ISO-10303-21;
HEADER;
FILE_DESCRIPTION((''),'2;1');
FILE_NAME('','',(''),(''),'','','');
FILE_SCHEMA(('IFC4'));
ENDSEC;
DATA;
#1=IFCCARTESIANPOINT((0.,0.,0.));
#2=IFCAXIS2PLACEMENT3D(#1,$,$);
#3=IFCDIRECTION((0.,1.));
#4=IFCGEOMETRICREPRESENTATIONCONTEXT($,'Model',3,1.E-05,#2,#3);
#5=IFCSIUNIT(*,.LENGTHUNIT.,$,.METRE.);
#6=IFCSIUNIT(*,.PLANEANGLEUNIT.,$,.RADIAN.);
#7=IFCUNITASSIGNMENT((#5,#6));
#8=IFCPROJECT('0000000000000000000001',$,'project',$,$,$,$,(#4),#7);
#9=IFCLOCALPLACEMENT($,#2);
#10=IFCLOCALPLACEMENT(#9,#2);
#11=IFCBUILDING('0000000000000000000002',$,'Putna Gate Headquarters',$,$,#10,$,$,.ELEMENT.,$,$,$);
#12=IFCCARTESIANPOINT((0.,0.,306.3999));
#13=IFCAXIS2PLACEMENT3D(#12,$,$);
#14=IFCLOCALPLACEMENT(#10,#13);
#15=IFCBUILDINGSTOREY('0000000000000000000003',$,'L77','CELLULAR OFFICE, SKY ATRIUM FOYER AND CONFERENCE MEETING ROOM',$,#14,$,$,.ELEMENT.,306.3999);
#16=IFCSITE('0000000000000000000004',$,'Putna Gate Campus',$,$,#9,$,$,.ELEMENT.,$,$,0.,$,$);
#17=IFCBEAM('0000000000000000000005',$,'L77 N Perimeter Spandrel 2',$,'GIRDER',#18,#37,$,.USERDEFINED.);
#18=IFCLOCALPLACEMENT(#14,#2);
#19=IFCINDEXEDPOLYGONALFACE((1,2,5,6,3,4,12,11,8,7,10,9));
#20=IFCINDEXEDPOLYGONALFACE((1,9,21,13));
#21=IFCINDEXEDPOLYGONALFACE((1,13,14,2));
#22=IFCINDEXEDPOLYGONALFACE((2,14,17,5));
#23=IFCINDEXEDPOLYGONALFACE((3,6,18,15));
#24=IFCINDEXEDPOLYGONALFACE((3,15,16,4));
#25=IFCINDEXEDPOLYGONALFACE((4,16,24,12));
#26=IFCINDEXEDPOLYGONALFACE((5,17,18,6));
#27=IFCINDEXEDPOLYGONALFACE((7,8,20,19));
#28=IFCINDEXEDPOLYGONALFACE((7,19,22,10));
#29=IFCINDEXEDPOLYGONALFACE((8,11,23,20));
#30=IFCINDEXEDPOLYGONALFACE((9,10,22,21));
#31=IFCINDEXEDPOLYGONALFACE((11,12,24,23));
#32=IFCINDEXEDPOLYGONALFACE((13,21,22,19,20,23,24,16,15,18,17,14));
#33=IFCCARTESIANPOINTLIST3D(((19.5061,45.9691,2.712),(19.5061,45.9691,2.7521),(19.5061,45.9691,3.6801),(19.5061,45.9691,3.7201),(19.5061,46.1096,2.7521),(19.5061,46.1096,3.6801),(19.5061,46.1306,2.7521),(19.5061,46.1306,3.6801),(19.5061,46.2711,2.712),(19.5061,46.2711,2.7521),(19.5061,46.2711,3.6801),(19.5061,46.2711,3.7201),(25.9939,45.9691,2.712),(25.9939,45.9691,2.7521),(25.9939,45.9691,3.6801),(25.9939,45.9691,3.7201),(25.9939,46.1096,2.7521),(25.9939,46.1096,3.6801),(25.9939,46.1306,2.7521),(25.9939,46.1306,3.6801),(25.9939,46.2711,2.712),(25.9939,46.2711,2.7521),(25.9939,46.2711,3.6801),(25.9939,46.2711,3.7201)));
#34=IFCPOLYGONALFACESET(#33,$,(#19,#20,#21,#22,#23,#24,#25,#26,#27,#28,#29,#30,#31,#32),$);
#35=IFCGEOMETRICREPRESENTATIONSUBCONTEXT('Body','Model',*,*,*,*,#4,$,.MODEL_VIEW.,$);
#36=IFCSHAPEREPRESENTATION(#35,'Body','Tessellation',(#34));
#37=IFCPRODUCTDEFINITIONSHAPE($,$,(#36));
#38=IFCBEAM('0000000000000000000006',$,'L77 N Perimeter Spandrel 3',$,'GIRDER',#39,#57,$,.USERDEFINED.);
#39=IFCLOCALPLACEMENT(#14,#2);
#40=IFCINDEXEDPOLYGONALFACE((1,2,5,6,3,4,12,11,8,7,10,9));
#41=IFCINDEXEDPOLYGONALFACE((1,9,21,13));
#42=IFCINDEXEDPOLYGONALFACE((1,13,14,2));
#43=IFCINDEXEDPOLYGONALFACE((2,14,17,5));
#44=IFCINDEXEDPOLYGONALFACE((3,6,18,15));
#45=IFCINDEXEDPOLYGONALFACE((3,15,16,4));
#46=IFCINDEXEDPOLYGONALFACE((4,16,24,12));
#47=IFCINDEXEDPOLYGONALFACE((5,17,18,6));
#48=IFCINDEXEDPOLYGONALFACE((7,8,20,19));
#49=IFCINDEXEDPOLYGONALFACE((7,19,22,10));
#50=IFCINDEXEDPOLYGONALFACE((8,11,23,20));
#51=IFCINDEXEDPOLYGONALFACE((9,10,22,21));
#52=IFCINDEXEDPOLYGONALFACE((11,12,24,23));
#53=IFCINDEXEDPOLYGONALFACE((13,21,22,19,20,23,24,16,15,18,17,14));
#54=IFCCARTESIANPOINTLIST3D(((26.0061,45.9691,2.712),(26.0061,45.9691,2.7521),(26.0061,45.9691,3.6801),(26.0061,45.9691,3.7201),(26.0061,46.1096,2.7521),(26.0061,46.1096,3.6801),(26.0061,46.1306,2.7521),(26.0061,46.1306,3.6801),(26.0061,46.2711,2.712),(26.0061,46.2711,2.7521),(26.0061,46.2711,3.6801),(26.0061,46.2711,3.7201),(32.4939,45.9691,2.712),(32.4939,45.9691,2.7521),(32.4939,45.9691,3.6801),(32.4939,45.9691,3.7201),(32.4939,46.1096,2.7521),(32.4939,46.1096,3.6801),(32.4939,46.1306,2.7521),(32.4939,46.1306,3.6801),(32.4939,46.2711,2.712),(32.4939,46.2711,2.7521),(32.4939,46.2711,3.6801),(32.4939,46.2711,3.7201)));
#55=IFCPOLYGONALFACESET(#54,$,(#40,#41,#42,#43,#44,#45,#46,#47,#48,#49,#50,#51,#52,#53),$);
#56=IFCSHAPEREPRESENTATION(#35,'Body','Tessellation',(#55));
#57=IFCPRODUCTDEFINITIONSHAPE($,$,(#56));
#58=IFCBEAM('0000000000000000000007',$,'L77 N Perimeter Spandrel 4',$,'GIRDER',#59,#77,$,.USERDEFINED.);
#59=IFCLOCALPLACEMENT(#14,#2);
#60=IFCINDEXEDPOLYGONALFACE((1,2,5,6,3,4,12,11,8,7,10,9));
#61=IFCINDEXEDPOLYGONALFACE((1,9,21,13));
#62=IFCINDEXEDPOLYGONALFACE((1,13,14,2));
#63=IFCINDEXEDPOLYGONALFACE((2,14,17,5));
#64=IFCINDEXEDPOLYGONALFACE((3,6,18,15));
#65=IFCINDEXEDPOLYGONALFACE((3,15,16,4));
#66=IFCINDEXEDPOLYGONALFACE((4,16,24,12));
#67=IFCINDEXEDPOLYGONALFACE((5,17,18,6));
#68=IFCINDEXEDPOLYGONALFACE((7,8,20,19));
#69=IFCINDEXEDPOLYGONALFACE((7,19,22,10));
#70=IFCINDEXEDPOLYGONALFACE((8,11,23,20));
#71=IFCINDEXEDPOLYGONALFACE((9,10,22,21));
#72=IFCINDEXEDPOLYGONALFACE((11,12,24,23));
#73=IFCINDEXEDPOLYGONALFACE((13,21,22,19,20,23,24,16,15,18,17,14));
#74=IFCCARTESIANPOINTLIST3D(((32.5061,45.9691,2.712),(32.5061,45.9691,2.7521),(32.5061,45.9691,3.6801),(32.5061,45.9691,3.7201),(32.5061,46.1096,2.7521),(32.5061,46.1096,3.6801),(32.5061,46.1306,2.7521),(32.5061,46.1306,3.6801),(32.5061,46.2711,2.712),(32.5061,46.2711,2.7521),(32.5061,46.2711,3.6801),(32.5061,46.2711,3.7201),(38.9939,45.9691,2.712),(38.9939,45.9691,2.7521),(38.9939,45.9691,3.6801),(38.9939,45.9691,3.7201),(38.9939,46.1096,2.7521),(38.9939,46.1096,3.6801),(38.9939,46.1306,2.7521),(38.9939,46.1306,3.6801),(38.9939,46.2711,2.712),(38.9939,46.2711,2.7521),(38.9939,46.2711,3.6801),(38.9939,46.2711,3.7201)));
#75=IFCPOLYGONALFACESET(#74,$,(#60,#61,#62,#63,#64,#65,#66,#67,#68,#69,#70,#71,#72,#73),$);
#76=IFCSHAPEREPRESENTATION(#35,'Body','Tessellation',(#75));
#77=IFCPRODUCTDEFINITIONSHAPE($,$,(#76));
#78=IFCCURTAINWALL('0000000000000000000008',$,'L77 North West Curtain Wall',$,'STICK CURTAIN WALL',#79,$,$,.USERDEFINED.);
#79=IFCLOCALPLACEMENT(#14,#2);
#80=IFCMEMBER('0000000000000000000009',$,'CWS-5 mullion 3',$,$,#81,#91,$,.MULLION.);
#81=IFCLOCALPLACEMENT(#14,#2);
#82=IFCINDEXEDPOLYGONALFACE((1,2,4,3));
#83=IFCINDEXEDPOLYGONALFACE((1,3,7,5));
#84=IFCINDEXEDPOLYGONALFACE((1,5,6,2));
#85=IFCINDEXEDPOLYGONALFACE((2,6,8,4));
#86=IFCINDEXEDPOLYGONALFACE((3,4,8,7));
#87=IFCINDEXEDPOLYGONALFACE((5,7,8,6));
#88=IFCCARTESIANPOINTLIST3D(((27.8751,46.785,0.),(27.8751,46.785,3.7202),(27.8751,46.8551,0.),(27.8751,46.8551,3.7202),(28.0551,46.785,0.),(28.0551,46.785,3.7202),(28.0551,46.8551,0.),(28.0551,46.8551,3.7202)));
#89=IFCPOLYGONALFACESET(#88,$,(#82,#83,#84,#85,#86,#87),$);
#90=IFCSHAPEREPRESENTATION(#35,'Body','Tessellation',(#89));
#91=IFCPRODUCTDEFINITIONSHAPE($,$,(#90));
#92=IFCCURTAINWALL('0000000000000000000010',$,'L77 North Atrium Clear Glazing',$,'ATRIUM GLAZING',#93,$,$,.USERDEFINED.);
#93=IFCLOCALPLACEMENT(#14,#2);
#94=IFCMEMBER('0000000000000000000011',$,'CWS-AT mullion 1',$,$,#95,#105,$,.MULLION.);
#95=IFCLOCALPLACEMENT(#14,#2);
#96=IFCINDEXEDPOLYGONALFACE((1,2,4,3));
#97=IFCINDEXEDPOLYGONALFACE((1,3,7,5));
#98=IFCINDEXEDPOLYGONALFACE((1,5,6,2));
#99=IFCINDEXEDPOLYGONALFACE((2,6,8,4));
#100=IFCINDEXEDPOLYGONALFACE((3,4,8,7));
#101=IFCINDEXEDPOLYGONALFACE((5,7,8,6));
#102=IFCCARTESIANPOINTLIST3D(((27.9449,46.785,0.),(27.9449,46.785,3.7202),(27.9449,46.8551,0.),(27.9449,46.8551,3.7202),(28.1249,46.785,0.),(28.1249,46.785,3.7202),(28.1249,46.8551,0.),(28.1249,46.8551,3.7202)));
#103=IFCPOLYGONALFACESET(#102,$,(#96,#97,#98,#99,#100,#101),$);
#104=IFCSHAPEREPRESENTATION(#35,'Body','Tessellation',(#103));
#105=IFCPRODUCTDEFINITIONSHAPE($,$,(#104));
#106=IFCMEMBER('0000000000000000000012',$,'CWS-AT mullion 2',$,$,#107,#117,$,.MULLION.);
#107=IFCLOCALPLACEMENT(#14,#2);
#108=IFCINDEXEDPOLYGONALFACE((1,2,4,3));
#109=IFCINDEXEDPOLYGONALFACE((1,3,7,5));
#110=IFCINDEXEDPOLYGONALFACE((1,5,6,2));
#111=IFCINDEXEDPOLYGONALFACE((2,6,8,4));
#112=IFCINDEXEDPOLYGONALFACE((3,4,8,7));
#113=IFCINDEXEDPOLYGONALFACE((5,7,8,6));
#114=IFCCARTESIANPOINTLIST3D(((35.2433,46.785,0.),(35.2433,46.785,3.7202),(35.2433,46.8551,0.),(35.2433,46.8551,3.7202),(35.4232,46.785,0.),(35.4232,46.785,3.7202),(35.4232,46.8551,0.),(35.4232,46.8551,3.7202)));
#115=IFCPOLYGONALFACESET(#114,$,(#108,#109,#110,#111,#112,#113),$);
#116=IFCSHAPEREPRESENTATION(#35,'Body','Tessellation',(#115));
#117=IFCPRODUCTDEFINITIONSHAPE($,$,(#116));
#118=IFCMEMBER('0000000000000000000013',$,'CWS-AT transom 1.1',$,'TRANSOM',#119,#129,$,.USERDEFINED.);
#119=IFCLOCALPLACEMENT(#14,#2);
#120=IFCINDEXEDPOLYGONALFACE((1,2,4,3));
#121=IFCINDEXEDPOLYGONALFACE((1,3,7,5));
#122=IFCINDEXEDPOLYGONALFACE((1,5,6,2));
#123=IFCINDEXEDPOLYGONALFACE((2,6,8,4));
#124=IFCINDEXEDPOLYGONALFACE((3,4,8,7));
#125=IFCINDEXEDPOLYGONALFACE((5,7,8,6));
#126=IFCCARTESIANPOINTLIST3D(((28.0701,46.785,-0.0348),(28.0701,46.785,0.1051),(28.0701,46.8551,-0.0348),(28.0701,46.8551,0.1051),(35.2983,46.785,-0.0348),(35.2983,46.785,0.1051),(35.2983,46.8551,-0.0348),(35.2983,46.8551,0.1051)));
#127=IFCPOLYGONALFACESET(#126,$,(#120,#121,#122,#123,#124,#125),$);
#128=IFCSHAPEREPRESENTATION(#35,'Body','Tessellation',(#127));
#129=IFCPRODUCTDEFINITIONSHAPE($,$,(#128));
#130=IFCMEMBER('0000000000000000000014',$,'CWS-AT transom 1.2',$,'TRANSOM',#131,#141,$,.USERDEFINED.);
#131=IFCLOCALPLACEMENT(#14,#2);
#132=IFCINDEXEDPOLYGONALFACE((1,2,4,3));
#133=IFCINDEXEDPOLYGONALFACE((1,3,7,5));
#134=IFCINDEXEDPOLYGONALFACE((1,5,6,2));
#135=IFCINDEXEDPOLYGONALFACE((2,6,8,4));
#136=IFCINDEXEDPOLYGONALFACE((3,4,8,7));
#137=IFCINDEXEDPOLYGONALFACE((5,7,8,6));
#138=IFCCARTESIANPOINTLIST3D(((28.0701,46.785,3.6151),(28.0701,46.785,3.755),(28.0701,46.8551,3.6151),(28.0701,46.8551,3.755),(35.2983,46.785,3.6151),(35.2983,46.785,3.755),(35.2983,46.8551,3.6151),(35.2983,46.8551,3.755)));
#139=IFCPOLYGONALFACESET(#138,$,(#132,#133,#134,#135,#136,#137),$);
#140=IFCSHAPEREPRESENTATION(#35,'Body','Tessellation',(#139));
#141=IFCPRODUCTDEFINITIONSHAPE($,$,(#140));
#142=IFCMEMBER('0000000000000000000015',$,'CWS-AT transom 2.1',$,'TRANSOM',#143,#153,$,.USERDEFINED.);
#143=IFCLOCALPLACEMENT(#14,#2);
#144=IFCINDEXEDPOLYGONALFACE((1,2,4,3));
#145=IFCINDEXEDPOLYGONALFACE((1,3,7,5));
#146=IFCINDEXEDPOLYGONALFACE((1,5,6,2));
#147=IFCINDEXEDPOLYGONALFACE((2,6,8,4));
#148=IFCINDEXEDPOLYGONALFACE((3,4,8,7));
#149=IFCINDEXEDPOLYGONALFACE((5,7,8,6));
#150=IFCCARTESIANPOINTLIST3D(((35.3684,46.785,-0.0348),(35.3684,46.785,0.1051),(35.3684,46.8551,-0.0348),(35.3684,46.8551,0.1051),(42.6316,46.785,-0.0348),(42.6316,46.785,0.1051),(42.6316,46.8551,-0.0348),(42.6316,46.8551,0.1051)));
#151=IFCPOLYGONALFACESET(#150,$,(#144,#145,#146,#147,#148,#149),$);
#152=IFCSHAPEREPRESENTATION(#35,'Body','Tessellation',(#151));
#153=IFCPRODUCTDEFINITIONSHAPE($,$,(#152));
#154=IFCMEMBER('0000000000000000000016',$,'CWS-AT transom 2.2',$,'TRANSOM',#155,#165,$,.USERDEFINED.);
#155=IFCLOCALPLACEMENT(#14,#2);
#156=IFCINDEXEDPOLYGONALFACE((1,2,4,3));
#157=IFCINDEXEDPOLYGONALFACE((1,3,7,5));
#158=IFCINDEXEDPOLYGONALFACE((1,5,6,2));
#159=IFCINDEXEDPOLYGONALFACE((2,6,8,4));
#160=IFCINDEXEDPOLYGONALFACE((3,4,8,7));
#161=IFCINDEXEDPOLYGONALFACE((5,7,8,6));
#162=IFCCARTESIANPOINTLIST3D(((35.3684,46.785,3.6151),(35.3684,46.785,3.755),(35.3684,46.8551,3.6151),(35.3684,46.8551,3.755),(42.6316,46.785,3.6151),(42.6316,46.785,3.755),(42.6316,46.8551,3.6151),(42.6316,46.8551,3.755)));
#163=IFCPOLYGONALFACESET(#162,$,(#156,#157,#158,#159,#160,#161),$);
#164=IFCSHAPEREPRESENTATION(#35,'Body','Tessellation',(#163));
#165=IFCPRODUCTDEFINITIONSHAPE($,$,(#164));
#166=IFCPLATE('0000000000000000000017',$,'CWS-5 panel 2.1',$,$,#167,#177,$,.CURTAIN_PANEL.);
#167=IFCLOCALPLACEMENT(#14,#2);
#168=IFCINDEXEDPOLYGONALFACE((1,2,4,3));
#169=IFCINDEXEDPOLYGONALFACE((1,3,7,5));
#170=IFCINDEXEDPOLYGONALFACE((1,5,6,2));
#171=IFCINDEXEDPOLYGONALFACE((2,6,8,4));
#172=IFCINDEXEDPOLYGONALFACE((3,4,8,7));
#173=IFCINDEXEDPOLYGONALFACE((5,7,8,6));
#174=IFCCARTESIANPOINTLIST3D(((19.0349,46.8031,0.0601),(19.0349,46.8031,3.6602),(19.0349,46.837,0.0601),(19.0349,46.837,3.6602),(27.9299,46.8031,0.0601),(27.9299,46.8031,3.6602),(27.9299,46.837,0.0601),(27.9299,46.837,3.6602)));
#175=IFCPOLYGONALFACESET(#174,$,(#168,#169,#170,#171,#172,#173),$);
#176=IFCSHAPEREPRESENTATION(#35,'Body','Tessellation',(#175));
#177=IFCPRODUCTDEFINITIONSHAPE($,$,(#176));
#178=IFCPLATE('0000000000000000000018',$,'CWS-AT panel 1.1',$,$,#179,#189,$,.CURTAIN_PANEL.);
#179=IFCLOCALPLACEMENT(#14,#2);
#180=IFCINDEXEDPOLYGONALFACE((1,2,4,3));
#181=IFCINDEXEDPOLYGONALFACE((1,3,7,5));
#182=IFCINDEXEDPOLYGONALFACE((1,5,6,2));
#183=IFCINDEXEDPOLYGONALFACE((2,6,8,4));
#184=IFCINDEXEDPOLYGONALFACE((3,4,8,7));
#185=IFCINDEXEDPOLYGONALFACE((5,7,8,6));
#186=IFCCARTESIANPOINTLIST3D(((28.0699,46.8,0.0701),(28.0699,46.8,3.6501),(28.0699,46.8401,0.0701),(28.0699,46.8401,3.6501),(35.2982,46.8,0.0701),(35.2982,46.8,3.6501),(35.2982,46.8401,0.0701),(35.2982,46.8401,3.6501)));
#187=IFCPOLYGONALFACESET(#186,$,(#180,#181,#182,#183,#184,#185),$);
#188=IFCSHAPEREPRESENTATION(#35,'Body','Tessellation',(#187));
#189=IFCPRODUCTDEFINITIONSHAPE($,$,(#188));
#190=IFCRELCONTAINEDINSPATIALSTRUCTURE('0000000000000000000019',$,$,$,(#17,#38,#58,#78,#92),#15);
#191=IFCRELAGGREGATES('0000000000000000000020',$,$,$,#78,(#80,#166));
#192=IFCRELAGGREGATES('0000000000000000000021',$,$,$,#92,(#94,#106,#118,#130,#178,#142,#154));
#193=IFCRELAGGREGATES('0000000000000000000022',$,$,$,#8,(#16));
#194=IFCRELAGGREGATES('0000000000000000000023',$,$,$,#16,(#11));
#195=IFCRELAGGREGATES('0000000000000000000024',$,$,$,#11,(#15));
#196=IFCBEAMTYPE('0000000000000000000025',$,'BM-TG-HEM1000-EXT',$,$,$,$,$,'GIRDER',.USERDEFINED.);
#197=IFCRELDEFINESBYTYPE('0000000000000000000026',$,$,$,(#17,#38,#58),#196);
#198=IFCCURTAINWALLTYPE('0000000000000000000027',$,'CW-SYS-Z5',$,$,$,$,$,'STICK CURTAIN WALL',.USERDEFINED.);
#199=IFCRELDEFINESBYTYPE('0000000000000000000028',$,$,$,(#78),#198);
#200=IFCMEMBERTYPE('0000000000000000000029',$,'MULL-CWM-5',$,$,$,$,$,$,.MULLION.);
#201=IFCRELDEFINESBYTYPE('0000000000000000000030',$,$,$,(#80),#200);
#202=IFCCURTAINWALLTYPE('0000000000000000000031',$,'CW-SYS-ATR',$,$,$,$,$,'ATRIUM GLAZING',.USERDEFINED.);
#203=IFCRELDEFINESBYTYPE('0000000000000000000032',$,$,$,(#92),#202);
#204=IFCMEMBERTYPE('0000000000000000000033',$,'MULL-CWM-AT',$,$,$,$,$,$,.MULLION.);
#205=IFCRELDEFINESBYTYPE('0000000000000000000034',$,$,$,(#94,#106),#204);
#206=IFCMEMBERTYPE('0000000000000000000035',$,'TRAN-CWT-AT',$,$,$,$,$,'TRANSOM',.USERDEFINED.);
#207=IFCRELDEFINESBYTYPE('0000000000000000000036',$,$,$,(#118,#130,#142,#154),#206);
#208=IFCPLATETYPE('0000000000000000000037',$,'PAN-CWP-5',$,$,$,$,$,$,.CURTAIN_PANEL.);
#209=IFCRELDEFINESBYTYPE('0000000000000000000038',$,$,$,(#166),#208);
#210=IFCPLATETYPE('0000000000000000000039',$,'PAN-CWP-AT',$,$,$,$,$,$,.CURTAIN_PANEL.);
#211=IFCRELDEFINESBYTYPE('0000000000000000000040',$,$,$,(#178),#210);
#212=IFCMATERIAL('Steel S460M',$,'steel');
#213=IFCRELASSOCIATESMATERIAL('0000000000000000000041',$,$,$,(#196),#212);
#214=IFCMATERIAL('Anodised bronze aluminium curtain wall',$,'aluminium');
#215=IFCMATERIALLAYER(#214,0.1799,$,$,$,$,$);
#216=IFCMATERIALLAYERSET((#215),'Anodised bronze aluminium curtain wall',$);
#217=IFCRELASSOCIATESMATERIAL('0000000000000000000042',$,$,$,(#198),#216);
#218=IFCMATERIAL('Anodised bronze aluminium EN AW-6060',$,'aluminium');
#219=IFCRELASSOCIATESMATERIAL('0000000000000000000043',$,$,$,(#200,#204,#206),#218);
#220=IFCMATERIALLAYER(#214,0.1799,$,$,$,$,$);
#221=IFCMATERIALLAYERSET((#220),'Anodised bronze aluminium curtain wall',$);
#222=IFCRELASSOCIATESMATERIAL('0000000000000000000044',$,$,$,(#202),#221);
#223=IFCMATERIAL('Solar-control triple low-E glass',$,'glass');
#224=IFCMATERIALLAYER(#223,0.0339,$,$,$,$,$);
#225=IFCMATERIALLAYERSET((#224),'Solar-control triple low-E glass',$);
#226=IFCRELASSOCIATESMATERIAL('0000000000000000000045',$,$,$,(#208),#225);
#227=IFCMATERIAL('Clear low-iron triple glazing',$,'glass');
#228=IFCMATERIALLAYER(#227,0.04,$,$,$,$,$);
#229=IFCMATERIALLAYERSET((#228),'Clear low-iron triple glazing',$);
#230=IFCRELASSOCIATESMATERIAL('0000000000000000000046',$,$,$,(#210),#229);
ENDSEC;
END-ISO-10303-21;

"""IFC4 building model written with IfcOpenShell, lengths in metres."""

from ifc_helpers import new_model, si_unit, direction, frame, origin, origin_2d, place, context, subcontext, project, spatial, rectangle, i_section, extrude, material, layer, layer_set, material_profile, profile_set, type_object, element, aggregate, save


model = new_model("IFC4")

# Units and contexts
model_context = context("Model", 3, precision=1e-05, world=origin(), true_north=direction((0.0, 1.0)))
body_context = subcontext(model_context, "Body", "Model", "MODEL_VIEW")
ifc_project = project(units=[si_unit("LENGTHUNIT", "METRE"), si_unit("PLANEANGLEUNIT", "RADIAN")], contexts=[model_context])

# Site, building, storey
site_placement = place(None, origin())
site = spatial("IfcSite", under=ifc_project, at=site_placement, Name="Putna Gate Campus", CompositionType="ELEMENT", RefElevation=0.0)
building_placement = place(site_placement, origin())
building = spatial("IfcBuilding", under=site, at=building_placement, Name="Putna Gate Headquarters", CompositionType="ELEMENT")
storey_placement = place(building_placement, frame((0.0, 0.0, 306.3999)))
storey = spatial("IfcBuildingStorey", under=building, at=storey_placement, Name="L77", Description="CELLULAR OFFICE, SKY ATRIUM FOYER AND CONFERENCE MEETING ROOM", CompositionType="ELEMENT", Elevation=306.3999)

# Shared definitions
ifc_material_1 = material(Name="Steel S460M", Category="steel")

# Beams
ifc_material_profile_1 = material_profile(ifc_material_1, i_section(OverallWidth=0.302, OverallDepth=1.0081, WebThickness=0.021, FlangeThickness=0.04, at=origin_2d()), Name="Steel S460M")
ifc_profile_set_1 = profile_set([ifc_material_profile_1], Name="Steel S460M")
beam_type_1 = type_object("IfcBeamType", Name="BM-TG-HEM1000-EXT", ElementType="GIRDER", PredefinedType="USERDEFINED", material=ifc_profile_set_1)
for number, where, z_axis, x_axis, name in (
    (1, (19.5061, 46.1201, 3.2161), (1.0, 0.0, 0.0), (0.0, 1.0, 0.0), "L77 N Perimeter Spandrel 2"),
    (2, (26.0061, 46.1201, 3.2161), (1.0, 0.0, 0.0), (0.0, 1.0, 0.0), "L77 N Perimeter Spandrel 3"),
    (3, (32.5061, 46.1201, 3.2161), (1.0, 0.0, 0.0), (0.0, 1.0, 0.0), "L77 N Perimeter Spandrel 4"),
):
    element("IfcBeam", number, at=place(storey_placement, frame(where, z_axis=z_axis, x_axis=x_axis)), inside=storey, type_object=beam_type_1, Name=name, ObjectType="GIRDER", PredefinedType="USERDEFINED", context=body_context, shape_type="SweptSolid", body=[
        extrude(i_section(OverallWidth=0.302, OverallDepth=1.0081, WebThickness=0.021, FlangeThickness=0.04, at=origin_2d()), origin(), (0.0, 0.0, 1.0), 6.4878),
    ])

# Curtain wall, member
ifc_material_2 = material(Name="Anodised bronze aluminium curtain wall", Category="aluminium")
ifc_layer_1 = layer(ifc_material_2, 0.1799)
ifc_layer_set_1 = layer_set([ifc_layer_1], Name="Anodised bronze aluminium curtain wall")
curtain_wall_type_1 = type_object("IfcCurtainWallType", Name="CW-SYS-Z5", ElementType="STICK CURTAIN WALL", PredefinedType="USERDEFINED", material=ifc_layer_set_1)
curtain_wall_1_placement = place(storey_placement, origin())
curtain_wall_1 = element("IfcCurtainWall", 4, at=curtain_wall_1_placement, inside=storey, type_object=curtain_wall_type_1, Name="L77 North West Curtain Wall", ObjectType="STICK CURTAIN WALL", PredefinedType="USERDEFINED")
ifc_material_3 = material(Name="Anodised bronze aluminium EN AW-6060", Category="aluminium")
ifc_material_profile_2 = material_profile(ifc_material_3, rectangle(XDim=0.0701, YDim=0.1799, at=origin_2d()), Name="Anodised bronze aluminium EN AW-6060")
ifc_profile_set_2 = profile_set([ifc_material_profile_2], Name="Anodised bronze aluminium EN AW-6060")
member_type_1 = type_object("IfcMemberType", Name="MULL-CWM-5", PredefinedType="MULLION", material=ifc_profile_set_2)
member_1_placement = place(storey_placement, frame((27.9651, 46.8201, 0.0), z_axis=(0.0, 0.0, 1.0), x_axis=(0.0, 1.0, 0.0)))
member_1 = element("IfcMember", 5, at=member_1_placement, type_object=member_type_1, Name="CWS-5 mullion 3", PredefinedType="MULLION", context=body_context, shape_type="SweptSolid", body=[
    extrude(rectangle(XDim=0.0701, YDim=0.1799, at=origin_2d()), origin(), (0.0, 0.0, 1.0), 3.7202),
])

# Curtain wall, members
ifc_layer_2 = layer(ifc_material_2, 0.1799)
ifc_layer_set_2 = layer_set([ifc_layer_2], Name="Anodised bronze aluminium curtain wall")
curtain_wall_type_2 = type_object("IfcCurtainWallType", Name="CW-SYS-ATR", ElementType="ATRIUM GLAZING", PredefinedType="USERDEFINED", material=ifc_layer_set_2)
curtain_wall_2_placement = place(storey_placement, origin())
curtain_wall_2 = element("IfcCurtainWall", 6, at=curtain_wall_2_placement, inside=storey, type_object=curtain_wall_type_2, Name="L77 North Atrium Clear Glazing", ObjectType="ATRIUM GLAZING", PredefinedType="USERDEFINED")
ifc_material_profile_3 = material_profile(ifc_material_3, rectangle(XDim=0.0701, YDim=0.1799, at=origin_2d()), Name="Anodised bronze aluminium EN AW-6060")
ifc_profile_set_3 = profile_set([ifc_material_profile_3], Name="Anodised bronze aluminium EN AW-6060")
member_type_2 = type_object("IfcMemberType", Name="MULL-CWM-AT", PredefinedType="MULLION", material=ifc_profile_set_3)
member_2_placement = place(storey_placement, frame((28.0349, 46.8201, 0.0), z_axis=(0.0, 0.0, 1.0), x_axis=(0.0, 1.0, 0.0)))
member_2 = element("IfcMember", 7, at=member_2_placement, type_object=member_type_2, Name="CWS-AT mullion 1", PredefinedType="MULLION", context=body_context, shape_type="SweptSolid", body=[
    extrude(rectangle(XDim=0.0701, YDim=0.1799, at=origin_2d()), origin(), (0.0, 0.0, 1.0), 3.7202),
])
member_3_placement = place(storey_placement, frame((35.3333, 46.8201, 0.0), z_axis=(0.0, 0.0, 1.0), x_axis=(0.0, 1.0, 0.0)))
member_3 = element("IfcMember", 8, at=member_3_placement, type_object=member_type_2, Name="CWS-AT mullion 2", PredefinedType="MULLION", context=body_context, shape_type="SweptSolid", body=[
    extrude(rectangle(XDim=0.0701, YDim=0.1799, at=origin_2d()), origin(), (0.0, 0.0, 1.0), 3.7202),
])
ifc_material_profile_4 = material_profile(ifc_material_3, rectangle(XDim=0.0701, YDim=0.1399, at=origin_2d()), Name="Anodised bronze aluminium EN AW-6060")
ifc_profile_set_4 = profile_set([ifc_material_profile_4], Name="Anodised bronze aluminium EN AW-6060")
member_type_3 = type_object("IfcMemberType", Name="TRAN-CWT-AT", ElementType="TRANSOM", PredefinedType="USERDEFINED", material=ifc_profile_set_4)
member_4_placement = place(storey_placement, frame((28.0701, 46.8201, 0.0352), z_axis=(1.0, 0.0, 0.0), x_axis=(0.0, 1.0, 0.0)))
member_4 = element("IfcMember", 9, at=member_4_placement, type_object=member_type_3, Name="CWS-AT transom 1.1", ObjectType="TRANSOM", PredefinedType="USERDEFINED", context=body_context, shape_type="SweptSolid", body=[
    extrude(rectangle(XDim=0.0701, YDim=0.1399, at=origin_2d()), origin(), (0.0, 0.0, 1.0), 7.2283),
])
member_5_placement = place(storey_placement, frame((28.0701, 46.8201, 3.6851), z_axis=(1.0, 0.0, 0.0), x_axis=(0.0, 1.0, 0.0)))
member_5 = element("IfcMember", 10, at=member_5_placement, type_object=member_type_3, Name="CWS-AT transom 1.2", ObjectType="TRANSOM", PredefinedType="USERDEFINED", context=body_context, shape_type="SweptSolid", body=[
    extrude(rectangle(XDim=0.0701, YDim=0.1399, at=origin_2d()), origin(), (0.0, 0.0, 1.0), 7.2283),
])
member_6_placement = place(storey_placement, frame((35.3684, 46.8201, 0.0352), z_axis=(1.0, 0.0, 0.0), x_axis=(0.0, 1.0, 0.0)))
member_6 = element("IfcMember", 11, at=member_6_placement, type_object=member_type_3, Name="CWS-AT transom 2.1", ObjectType="TRANSOM", PredefinedType="USERDEFINED", context=body_context, shape_type="SweptSolid", body=[
    extrude(rectangle(XDim=0.0701, YDim=0.1399, at=origin_2d()), origin(), (0.0, 0.0, 1.0), 7.2632),
])
member_7_placement = place(storey_placement, frame((35.3684, 46.8201, 3.6851), z_axis=(1.0, 0.0, 0.0), x_axis=(0.0, 1.0, 0.0)))
member_7 = element("IfcMember", 12, at=member_7_placement, type_object=member_type_3, Name="CWS-AT transom 2.2", ObjectType="TRANSOM", PredefinedType="USERDEFINED", context=body_context, shape_type="SweptSolid", body=[
    extrude(rectangle(XDim=0.0701, YDim=0.1399, at=origin_2d()), origin(), (0.0, 0.0, 1.0), 7.2632),
])

# Plates
ifc_material_4 = material(Name="Solar-control triple low-E glass", Category="glass")
ifc_layer_3 = layer(ifc_material_4, 0.0339)
ifc_layer_set_3 = layer_set([ifc_layer_3], Name="Solar-control triple low-E glass")
plate_type_1 = type_object("IfcPlateType", Name="PAN-CWP-5", PredefinedType="CURTAIN_PANEL", material=ifc_layer_set_3)
plate_1_placement = place(storey_placement, frame((23.4824, 46.8201, 0.0601), z_axis=(0.0, 0.0, 1.0), x_axis=(1.0, 0.0, 0.0)))
plate_1 = element("IfcPlate", 13, at=plate_1_placement, type_object=plate_type_1, Name="CWS-5 panel 2.1", PredefinedType="CURTAIN_PANEL", context=body_context, shape_type="SweptSolid", body=[
    extrude(rectangle(XDim=8.895, YDim=0.0339, at=origin_2d()), origin(), (0.0, 0.0, 1.0), 3.6001),
])
aggregate(curtain_wall_1, [member_1, plate_1])
ifc_material_5 = material(Name="Clear low-iron triple glazing", Category="glass")
ifc_layer_4 = layer(ifc_material_5, 0.04)
ifc_layer_set_4 = layer_set([ifc_layer_4], Name="Clear low-iron triple glazing")
plate_type_2 = type_object("IfcPlateType", Name="PAN-CWP-AT", PredefinedType="CURTAIN_PANEL", material=ifc_layer_set_4)
plate_2_placement = place(storey_placement, frame((31.6841, 46.8201, 0.0701), z_axis=(0.0, 0.0, 1.0), x_axis=(1.0, 0.0, 0.0)))
plate_2 = element("IfcPlate", 14, at=plate_2_placement, type_object=plate_type_2, Name="CWS-AT panel 1.1", PredefinedType="CURTAIN_PANEL", context=body_context, shape_type="SweptSolid", body=[
    extrude(rectangle(XDim=7.2283, YDim=0.04, at=origin_2d()), origin(), (0.0, 0.0, 1.0), 3.5801),
])
aggregate(curtain_wall_2, [member_2, member_3, member_4, member_5, plate_2, member_6, member_7])

save(model, "model.ifc")
